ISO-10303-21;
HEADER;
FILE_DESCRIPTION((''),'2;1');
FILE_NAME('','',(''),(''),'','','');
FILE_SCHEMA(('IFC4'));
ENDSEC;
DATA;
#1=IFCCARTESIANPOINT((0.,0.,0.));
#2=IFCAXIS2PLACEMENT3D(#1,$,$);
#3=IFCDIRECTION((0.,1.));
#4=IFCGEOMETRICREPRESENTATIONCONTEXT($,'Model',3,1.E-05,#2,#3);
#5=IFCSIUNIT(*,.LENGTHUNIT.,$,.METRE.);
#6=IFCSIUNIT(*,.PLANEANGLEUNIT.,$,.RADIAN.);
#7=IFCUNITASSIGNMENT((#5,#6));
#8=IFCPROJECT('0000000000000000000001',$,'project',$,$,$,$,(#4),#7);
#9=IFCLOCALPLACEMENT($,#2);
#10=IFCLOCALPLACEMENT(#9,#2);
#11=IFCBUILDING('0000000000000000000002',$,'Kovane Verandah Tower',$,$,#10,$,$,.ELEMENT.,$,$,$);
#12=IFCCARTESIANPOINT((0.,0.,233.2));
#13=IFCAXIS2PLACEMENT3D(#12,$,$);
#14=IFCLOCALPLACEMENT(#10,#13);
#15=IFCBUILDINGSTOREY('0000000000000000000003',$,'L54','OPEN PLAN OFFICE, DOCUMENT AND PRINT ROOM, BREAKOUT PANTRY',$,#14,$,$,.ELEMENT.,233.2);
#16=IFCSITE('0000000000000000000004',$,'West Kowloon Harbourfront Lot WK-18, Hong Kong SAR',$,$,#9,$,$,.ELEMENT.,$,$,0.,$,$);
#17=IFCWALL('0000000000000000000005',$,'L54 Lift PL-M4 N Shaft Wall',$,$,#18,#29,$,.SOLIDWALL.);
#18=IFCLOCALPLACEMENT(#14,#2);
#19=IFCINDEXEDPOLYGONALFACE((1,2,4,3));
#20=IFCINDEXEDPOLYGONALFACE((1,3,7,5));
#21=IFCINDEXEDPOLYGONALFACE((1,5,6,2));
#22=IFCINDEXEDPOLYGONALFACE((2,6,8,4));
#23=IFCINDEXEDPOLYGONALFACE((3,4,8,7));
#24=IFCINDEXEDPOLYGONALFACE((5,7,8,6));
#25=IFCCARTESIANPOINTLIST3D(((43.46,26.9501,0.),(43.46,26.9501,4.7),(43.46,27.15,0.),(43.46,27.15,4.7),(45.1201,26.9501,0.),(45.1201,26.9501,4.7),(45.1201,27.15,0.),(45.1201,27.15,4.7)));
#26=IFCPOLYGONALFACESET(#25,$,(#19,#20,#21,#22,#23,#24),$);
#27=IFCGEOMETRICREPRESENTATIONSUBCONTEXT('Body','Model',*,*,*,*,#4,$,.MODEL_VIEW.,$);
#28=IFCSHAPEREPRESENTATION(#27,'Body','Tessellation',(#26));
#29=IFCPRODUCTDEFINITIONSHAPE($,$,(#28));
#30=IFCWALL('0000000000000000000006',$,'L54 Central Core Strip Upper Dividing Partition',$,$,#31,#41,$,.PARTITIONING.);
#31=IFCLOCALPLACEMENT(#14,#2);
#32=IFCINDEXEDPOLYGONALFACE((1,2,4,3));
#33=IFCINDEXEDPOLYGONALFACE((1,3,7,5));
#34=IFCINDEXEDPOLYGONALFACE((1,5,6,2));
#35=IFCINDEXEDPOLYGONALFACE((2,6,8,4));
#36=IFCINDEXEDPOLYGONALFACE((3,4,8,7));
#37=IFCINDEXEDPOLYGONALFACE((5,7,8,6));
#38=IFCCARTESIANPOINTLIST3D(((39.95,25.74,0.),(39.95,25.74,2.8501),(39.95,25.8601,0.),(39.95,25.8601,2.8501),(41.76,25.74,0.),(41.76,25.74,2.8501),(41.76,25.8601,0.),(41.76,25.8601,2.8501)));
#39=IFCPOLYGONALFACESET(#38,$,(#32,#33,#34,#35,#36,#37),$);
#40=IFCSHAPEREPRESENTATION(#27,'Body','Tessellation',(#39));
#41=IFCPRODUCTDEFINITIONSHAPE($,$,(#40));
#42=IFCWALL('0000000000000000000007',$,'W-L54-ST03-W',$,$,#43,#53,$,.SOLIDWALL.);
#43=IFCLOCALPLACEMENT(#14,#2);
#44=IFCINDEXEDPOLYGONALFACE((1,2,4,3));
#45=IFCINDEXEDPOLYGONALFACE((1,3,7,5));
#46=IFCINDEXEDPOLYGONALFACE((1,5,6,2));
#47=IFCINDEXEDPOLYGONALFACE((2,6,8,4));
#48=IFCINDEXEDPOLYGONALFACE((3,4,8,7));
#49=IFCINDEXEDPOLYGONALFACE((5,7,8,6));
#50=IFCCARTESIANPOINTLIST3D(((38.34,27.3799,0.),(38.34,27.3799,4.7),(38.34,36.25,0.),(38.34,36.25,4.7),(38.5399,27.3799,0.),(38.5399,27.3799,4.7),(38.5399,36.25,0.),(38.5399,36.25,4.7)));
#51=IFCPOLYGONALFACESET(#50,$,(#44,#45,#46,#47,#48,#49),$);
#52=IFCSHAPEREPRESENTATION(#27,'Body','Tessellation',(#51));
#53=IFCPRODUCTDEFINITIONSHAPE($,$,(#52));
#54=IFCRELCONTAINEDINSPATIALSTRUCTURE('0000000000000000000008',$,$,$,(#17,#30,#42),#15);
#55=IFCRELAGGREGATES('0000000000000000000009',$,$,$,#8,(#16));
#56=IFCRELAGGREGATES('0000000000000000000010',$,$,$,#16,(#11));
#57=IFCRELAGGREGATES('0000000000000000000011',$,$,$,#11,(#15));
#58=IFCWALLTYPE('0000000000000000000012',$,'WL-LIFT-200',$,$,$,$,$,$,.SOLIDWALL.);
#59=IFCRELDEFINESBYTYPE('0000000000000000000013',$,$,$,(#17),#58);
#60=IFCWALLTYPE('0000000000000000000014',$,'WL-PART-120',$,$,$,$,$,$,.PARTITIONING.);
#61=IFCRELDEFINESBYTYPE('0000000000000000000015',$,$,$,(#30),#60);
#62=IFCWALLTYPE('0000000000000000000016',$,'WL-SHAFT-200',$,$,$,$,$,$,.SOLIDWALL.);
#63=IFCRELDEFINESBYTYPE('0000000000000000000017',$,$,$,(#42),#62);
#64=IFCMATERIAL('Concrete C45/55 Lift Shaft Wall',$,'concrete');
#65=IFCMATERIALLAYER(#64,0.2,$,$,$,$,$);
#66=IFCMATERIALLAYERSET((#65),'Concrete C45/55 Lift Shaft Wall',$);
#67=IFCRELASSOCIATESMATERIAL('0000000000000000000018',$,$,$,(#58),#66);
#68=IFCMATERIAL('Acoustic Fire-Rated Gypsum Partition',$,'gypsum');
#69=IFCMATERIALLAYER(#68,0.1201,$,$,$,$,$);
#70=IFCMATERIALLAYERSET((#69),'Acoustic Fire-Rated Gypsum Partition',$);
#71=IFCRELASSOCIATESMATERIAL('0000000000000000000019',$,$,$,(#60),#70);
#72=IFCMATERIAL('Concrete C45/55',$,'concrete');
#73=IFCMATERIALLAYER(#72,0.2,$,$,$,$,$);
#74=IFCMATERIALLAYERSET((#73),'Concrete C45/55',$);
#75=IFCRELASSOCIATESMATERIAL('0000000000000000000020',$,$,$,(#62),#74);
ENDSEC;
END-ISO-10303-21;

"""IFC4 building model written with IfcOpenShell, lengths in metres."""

from ifc_helpers import new_model, si_unit, direction, frame, frame_2d, origin, place, context, subcontext, project, spatial, rectangle, extrude, material, layer, layer_set, type_object, element, save


model = new_model("IFC4")

# Units and contexts
model_context = context("Model", 3, precision=1e-05, world=origin(), true_north=direction((0.0, 1.0)))
body_context = subcontext(model_context, "Body", "Model", "MODEL_VIEW")
ifc_project = project(units=[si_unit("LENGTHUNIT", "METRE"), si_unit("PLANEANGLEUNIT", "RADIAN")], contexts=[model_context])

# Site, building, storey
site_placement = place(None, origin())
site = spatial("IfcSite", under=ifc_project, at=site_placement, Name="West Kowloon Harbourfront Lot WK-18, Hong Kong SAR", CompositionType="ELEMENT", RefElevation=0.0)
building_placement = place(site_placement, origin())
building = spatial("IfcBuilding", under=site, at=building_placement, Name="Kovane Verandah Tower", CompositionType="ELEMENT")
storey_placement = place(building_placement, frame((0.0, 0.0, 233.2)))
storey = spatial("IfcBuildingStorey", under=building, at=storey_placement, Name="L54", Description="OPEN PLAN OFFICE, DOCUMENT AND PRINT ROOM, BREAKOUT PANTRY", CompositionType="ELEMENT", Elevation=233.2)

# Shared definitions
ifc_material_1 = material(Name="Concrete C45/55 Lift Shaft Wall", Category="concrete")
ifc_layer_1 = layer(ifc_material_1, 0.2)
ifc_layer_set_1 = layer_set([ifc_layer_1], Name="Concrete C45/55 Lift Shaft Wall")
wall_type_1 = type_object("IfcWallType", Name="WL-LIFT-200", PredefinedType="SOLIDWALL", material=ifc_layer_set_1)

# Walls
wall_1_placement = place(storey_placement, frame((45.1201, 27.05, 0.0), z_axis=(0.0, 0.0, 1.0), x_axis=(-1.0, 0.0, 0.0)))
element("IfcWall", 1, at=wall_1_placement, inside=storey, type_object=wall_type_1, Name="L54 Lift PL-M4 N Shaft Wall", PredefinedType="SOLIDWALL", context=body_context, shape_type="SweptSolid", body=[
    extrude(rectangle(XDim=1.6602, YDim=0.2, at=frame_2d((0.8301, 0.0))), origin(), (0.0, 0.0, 1.0), 4.7),
])
ifc_material_2 = material(Name="Acoustic Fire-Rated Gypsum Partition", Category="gypsum")
ifc_layer_2 = layer(ifc_material_2, 0.1201)
ifc_layer_set_2 = layer_set([ifc_layer_2], Name="Acoustic Fire-Rated Gypsum Partition")
wall_type_2 = type_object("IfcWallType", Name="WL-PART-120", PredefinedType="PARTITIONING", material=ifc_layer_set_2)
wall_2_placement = place(storey_placement, frame((39.95, 25.8, 0.0), z_axis=(0.0, 0.0, 1.0), x_axis=(1.0, 0.0, 0.0)))
element("IfcWall", 2, at=wall_2_placement, inside=storey, type_object=wall_type_2, Name="L54 Central Core Strip Upper Dividing Partition", PredefinedType="PARTITIONING", context=body_context, shape_type="SweptSolid", body=[
    extrude(rectangle(XDim=1.8101, YDim=0.1201, at=frame_2d((0.905, 0.0))), origin(), (0.0, 0.0, 1.0), 2.8501),
])
ifc_material_3 = material(Name="Concrete C45/55", Category="concrete")
ifc_layer_3 = layer(ifc_material_3, 0.2)
ifc_layer_set_3 = layer_set([ifc_layer_3], Name="Concrete C45/55")
wall_type_3 = type_object("IfcWallType", Name="WL-SHAFT-200", PredefinedType="SOLIDWALL", material=ifc_layer_set_3)
wall_3_placement = place(storey_placement, frame((38.4399, 27.3799, 0.0), z_axis=(0.0, 0.0, 1.0), x_axis=(0.0, 1.0, 0.0)))
element("IfcWall", 3, at=wall_3_placement, inside=storey, type_object=wall_type_3, Name="W-L54-ST03-W", PredefinedType="SOLIDWALL", context=body_context, shape_type="SweptSolid", body=[
    extrude(rectangle(XDim=8.8701, YDim=0.2, at=frame_2d((4.4351, 0.0))), origin(), (0.0, 0.0, 1.0), 4.7),
])

save(model, "model.ifc")
